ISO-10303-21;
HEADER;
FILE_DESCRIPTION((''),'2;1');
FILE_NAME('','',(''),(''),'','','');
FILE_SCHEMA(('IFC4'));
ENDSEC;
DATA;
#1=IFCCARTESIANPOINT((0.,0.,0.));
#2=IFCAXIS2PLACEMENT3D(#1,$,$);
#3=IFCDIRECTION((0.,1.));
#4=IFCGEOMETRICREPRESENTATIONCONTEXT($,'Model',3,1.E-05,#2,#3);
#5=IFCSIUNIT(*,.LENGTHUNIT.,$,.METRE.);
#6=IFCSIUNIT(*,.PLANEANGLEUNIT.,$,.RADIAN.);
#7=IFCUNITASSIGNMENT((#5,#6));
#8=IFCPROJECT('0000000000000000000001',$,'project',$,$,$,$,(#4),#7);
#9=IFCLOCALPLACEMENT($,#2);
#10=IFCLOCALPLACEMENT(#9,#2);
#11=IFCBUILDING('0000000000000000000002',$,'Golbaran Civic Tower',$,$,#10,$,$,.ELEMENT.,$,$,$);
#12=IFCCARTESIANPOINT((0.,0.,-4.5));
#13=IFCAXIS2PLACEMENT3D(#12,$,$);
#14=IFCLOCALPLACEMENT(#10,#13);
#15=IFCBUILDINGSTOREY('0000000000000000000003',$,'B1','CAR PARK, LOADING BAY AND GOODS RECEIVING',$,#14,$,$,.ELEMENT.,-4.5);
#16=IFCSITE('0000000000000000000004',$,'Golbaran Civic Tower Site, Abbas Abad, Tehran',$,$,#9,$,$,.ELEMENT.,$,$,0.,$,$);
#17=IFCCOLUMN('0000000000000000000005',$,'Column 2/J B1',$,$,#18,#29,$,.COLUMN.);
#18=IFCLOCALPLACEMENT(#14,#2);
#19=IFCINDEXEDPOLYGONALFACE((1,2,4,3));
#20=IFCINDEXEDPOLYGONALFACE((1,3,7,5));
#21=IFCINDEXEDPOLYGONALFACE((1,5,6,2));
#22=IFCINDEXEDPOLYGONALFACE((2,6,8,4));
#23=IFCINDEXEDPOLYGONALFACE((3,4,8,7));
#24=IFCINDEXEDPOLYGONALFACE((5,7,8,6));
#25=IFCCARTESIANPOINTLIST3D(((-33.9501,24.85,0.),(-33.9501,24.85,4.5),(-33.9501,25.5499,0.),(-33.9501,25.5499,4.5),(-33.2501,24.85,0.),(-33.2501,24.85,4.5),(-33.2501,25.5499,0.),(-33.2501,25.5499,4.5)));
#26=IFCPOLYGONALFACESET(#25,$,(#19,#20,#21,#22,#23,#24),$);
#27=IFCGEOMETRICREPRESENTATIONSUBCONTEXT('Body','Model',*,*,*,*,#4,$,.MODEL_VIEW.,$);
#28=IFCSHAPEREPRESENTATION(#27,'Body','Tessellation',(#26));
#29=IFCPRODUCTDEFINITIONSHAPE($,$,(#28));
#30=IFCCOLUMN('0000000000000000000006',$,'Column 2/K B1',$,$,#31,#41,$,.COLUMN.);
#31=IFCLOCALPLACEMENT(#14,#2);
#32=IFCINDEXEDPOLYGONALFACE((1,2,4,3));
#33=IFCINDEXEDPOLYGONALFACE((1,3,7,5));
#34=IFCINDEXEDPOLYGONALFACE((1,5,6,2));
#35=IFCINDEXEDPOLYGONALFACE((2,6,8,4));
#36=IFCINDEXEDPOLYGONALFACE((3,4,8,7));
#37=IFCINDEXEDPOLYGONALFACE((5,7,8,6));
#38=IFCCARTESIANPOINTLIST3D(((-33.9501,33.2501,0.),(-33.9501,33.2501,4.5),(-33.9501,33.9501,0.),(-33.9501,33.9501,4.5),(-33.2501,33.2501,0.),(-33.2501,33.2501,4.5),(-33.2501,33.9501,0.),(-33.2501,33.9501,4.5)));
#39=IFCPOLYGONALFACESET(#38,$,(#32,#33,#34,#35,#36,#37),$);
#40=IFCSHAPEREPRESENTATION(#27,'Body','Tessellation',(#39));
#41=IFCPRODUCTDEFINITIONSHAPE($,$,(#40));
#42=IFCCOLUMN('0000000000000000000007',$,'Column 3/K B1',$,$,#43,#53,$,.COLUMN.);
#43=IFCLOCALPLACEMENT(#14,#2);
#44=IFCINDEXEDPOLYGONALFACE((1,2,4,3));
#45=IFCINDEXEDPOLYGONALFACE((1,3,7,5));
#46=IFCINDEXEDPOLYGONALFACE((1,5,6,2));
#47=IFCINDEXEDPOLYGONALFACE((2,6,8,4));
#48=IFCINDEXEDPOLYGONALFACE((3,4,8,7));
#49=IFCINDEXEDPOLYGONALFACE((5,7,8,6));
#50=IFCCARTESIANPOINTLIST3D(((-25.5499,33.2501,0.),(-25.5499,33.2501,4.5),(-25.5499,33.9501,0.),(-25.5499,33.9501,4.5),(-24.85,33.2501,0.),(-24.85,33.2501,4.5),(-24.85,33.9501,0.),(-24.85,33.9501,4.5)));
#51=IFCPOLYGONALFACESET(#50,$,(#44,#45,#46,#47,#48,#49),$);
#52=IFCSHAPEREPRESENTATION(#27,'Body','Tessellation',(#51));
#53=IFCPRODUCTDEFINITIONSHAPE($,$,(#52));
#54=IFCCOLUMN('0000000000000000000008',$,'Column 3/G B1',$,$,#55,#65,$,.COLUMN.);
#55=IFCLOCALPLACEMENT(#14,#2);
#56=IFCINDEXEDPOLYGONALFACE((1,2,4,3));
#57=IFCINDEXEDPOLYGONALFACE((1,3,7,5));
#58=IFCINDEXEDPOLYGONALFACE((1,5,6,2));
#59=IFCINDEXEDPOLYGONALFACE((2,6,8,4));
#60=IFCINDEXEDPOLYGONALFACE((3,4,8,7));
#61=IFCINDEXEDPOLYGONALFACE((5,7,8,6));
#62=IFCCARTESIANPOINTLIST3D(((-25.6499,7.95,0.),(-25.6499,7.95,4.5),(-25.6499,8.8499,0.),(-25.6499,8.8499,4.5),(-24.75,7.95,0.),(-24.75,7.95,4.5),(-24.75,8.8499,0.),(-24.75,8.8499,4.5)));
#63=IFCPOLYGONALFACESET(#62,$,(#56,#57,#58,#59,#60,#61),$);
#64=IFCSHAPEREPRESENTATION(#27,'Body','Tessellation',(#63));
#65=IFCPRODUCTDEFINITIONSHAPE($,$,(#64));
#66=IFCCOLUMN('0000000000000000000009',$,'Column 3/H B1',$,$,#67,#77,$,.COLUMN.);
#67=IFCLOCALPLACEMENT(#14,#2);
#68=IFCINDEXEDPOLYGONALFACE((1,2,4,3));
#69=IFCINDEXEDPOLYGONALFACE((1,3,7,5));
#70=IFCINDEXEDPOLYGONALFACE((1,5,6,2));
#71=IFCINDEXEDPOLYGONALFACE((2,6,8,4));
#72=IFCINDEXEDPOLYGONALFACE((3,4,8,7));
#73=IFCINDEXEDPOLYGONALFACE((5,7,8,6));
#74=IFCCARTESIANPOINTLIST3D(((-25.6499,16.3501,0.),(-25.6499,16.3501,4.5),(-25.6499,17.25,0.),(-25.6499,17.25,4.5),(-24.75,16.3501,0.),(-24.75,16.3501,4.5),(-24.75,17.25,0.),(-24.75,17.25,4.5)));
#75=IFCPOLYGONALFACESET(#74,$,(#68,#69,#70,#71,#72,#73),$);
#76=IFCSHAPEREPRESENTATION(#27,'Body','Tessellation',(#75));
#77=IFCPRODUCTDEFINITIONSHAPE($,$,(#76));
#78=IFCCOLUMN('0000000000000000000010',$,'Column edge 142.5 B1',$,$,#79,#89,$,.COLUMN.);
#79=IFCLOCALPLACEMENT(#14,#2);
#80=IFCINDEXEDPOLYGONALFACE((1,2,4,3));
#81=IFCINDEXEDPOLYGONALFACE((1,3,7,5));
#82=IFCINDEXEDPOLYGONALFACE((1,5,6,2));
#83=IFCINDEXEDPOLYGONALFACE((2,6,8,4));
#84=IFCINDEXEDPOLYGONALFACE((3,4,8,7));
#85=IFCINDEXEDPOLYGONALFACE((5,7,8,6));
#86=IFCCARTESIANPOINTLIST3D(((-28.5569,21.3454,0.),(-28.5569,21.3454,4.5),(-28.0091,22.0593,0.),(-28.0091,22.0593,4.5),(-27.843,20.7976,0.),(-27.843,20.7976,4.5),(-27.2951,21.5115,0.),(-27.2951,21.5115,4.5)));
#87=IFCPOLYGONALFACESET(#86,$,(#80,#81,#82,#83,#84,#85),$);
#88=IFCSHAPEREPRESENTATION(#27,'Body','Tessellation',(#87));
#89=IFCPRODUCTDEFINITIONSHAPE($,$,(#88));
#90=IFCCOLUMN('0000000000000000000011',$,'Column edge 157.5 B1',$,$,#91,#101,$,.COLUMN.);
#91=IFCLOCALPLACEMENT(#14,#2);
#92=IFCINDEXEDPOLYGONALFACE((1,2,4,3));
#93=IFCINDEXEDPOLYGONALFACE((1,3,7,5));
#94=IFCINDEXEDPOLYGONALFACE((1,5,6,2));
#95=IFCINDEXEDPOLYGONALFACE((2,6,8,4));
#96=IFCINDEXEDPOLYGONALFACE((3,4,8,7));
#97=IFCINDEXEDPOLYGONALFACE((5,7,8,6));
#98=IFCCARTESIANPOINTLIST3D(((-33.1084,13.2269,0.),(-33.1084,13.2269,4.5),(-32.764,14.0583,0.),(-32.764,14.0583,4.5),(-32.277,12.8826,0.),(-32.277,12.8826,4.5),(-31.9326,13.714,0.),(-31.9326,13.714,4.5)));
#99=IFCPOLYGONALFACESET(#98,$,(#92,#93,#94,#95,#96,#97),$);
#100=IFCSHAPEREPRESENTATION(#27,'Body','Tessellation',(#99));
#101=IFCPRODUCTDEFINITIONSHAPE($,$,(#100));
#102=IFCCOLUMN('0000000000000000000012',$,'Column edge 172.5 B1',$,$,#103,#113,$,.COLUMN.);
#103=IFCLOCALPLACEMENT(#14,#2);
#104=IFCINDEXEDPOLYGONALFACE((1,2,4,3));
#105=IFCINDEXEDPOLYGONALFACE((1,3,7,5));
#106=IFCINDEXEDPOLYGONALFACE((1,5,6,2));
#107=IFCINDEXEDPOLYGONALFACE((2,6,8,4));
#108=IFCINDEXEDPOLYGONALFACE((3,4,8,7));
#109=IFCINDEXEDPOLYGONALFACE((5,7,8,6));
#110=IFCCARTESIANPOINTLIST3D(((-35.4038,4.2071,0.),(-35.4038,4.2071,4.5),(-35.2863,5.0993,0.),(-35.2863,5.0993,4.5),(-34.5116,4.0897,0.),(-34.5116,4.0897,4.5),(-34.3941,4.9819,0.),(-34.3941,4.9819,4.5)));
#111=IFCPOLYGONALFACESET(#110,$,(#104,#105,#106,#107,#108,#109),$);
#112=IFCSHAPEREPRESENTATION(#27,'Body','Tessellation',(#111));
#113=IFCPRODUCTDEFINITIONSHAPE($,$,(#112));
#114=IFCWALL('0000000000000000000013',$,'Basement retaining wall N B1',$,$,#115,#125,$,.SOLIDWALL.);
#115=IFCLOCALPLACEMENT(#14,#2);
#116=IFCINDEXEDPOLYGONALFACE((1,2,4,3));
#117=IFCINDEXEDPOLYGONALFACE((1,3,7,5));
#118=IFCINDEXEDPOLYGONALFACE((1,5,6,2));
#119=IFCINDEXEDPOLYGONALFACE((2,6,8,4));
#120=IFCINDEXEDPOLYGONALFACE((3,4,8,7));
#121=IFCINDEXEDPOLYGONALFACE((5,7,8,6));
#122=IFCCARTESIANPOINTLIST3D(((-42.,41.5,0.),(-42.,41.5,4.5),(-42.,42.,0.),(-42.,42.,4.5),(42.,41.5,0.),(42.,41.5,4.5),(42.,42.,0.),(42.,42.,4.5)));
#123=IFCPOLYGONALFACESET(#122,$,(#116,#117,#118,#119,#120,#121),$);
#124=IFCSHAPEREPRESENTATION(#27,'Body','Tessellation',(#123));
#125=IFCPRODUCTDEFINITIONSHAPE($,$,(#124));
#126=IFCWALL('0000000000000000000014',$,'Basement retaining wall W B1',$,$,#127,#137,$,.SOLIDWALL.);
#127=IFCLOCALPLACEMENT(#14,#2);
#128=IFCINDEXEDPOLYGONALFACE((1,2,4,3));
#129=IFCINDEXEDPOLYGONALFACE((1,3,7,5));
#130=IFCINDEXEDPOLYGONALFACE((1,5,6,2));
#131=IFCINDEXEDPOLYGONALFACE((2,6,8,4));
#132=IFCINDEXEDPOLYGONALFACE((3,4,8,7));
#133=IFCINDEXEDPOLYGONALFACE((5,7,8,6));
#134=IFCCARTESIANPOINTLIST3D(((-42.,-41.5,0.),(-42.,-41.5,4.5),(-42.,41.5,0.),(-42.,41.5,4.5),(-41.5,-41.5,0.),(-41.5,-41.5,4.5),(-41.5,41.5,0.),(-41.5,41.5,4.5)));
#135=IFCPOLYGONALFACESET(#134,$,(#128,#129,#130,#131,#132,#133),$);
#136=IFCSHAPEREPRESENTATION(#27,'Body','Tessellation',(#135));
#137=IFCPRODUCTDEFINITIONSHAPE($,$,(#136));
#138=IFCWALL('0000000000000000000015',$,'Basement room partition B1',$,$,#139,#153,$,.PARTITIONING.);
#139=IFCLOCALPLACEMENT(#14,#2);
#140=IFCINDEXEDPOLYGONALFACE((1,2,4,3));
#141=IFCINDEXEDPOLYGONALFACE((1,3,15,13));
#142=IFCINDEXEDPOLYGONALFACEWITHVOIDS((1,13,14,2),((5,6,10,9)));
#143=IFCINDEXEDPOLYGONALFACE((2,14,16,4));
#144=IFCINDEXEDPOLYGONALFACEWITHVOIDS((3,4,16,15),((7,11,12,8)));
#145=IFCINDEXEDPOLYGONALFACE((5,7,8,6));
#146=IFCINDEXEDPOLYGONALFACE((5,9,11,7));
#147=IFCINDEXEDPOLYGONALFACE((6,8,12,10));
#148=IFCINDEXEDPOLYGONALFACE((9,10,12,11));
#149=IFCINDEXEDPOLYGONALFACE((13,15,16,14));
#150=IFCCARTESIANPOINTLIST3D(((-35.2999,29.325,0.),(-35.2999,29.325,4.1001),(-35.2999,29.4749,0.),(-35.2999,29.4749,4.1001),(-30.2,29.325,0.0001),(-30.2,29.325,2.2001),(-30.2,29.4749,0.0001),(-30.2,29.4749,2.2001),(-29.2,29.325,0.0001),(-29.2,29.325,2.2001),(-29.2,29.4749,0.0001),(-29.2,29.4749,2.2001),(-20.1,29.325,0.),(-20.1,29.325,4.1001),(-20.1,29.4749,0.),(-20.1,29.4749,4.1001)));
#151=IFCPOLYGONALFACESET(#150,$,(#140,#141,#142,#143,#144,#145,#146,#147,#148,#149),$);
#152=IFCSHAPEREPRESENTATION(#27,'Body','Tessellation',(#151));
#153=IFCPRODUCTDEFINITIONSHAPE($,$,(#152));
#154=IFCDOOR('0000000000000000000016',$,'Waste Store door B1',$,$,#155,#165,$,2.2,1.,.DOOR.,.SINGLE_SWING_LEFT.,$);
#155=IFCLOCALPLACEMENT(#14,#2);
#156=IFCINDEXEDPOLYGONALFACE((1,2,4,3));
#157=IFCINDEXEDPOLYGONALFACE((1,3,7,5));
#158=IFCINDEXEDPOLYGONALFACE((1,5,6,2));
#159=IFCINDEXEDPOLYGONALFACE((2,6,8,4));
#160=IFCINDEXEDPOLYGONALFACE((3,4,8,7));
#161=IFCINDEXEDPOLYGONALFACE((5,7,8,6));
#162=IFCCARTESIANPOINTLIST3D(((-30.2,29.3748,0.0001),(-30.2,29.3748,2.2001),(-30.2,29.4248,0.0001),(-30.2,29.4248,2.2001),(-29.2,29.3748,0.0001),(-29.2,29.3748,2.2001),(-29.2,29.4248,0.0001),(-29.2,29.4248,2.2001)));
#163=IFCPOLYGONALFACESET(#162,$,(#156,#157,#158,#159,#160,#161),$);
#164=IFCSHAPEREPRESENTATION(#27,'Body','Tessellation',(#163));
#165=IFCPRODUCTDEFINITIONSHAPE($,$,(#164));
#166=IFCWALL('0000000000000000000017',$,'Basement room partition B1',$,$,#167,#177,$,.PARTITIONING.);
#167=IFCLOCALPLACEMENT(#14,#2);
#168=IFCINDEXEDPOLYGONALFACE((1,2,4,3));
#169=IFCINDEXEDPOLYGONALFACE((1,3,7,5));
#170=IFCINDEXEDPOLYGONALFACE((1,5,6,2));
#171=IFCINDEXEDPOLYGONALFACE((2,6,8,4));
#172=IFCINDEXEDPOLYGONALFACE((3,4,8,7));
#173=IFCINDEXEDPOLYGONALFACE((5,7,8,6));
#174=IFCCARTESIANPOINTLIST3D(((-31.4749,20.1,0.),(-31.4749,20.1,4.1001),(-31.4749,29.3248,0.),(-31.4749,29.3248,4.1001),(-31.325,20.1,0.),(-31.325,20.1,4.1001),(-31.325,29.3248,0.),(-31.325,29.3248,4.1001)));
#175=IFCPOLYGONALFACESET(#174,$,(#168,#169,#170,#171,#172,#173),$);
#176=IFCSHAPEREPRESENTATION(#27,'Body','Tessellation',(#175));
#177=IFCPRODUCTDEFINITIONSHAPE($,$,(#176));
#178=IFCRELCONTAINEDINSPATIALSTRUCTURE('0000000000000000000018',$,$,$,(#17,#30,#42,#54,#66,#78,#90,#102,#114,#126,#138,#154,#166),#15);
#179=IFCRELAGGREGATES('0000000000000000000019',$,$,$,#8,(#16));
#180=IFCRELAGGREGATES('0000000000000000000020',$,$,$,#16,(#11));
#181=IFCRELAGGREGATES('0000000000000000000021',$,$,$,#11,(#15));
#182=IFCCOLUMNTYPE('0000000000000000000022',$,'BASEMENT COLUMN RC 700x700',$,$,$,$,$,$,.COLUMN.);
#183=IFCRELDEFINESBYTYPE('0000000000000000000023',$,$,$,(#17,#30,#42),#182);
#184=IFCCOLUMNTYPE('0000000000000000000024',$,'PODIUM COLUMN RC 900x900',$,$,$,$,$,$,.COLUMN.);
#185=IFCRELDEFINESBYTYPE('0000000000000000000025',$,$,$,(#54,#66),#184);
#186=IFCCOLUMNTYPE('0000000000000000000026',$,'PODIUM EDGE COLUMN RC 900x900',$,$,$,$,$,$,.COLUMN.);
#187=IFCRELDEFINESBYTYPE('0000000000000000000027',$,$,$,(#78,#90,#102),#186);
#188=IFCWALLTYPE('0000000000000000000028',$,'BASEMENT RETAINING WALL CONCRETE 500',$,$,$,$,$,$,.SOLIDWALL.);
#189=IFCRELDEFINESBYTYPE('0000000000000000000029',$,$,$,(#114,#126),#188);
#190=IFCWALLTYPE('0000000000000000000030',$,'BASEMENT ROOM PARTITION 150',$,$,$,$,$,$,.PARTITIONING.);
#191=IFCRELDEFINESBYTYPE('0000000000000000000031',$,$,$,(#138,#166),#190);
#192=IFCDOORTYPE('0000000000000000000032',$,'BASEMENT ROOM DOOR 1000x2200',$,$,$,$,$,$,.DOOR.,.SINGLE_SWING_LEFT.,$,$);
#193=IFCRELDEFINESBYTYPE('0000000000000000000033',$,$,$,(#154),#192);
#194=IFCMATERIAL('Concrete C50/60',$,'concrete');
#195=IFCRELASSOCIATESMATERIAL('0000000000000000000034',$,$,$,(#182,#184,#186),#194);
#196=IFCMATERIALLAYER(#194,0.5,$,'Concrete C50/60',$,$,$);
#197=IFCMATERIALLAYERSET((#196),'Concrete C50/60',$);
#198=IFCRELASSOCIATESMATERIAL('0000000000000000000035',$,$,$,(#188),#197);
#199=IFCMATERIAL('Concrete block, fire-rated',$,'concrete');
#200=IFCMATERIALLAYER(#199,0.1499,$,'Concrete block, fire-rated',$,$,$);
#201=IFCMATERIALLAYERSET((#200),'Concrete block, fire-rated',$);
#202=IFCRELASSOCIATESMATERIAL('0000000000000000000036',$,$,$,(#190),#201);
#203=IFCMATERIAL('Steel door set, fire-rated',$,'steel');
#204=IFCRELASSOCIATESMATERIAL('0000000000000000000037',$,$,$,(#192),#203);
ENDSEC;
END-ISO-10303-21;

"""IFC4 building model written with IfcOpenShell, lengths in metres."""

from ifc_helpers import new_model, si_unit, direction, frame, frame_2d, origin, origin_2d, place, context, subcontext, project, spatial, rectangle, extrude, material, layer, layer_set, material_profile, profile_set, type_object, element, fill, save


model = new_model("IFC4")

# Units and contexts
model_context = context("Model", 3, precision=1e-05, world=origin(), true_north=direction((0.0, 1.0)))
body_context = subcontext(model_context, "Body", "Model", "MODEL_VIEW")
ifc_project = project(units=[si_unit("LENGTHUNIT", "METRE"), si_unit("PLANEANGLEUNIT", "RADIAN")], contexts=[model_context])

# Site, building, storey
site_placement = place(None, origin())
site = spatial("IfcSite", under=ifc_project, at=site_placement, Name="Golbaran Civic Tower Site, Abbas Abad, Tehran", CompositionType="ELEMENT", RefElevation=0.0)
building_placement = place(site_placement, origin())
building = spatial("IfcBuilding", under=site, at=building_placement, Name="Golbaran Civic Tower", CompositionType="ELEMENT")
storey_placement = place(building_placement, frame((0.0, 0.0, -4.5)))
storey = spatial("IfcBuildingStorey", under=building, at=storey_placement, Name="B1", Description="CAR PARK, LOADING BAY AND GOODS RECEIVING", CompositionType="ELEMENT", Elevation=-4.5)

# Columns
ifc_material_1 = material(Name="Concrete C50/60", Category="concrete")
ifc_material_profile_1 = material_profile(ifc_material_1, rectangle(XDim=0.7, YDim=0.7, at=origin_2d()), Name="RC 700x700")
ifc_profile_set_1 = profile_set([ifc_material_profile_1], Name="Concrete C50/60")
column_type_1 = type_object("IfcColumnType", Name="BASEMENT COLUMN RC 700x700", PredefinedType="COLUMN", material=ifc_profile_set_1)
for number, where, z_axis, x_axis, name in (
    (1, (-33.6001, 25.2, 0.0), (0.0, 0.0, 1.0), (1.0, 0.0, 0.0), "Column 2/J B1"),
    (2, (-33.6001, 33.6001, 0.0), (0.0, 0.0, 1.0), (1.0, 0.0, 0.0), "Column 2/K B1"),
    (3, (-25.2, 33.6001, 0.0), (0.0, 0.0, 1.0), (1.0, 0.0, 0.0), "Column 3/K B1"),
):
    element("IfcColumn", number, at=place(storey_placement, frame(where, z_axis=z_axis, x_axis=x_axis)), inside=storey, type_object=column_type_1, Name=name, PredefinedType="COLUMN", context=body_context, shape_type="SweptSolid", body=[
        extrude(rectangle(XDim=0.7, YDim=0.7, at=origin_2d()), origin(), (0.0, 0.0, 1.0), 4.5),
    ])
ifc_material_profile_2 = material_profile(ifc_material_1, rectangle(XDim=0.8999, YDim=0.8999, at=origin_2d()), Name="RC 900x900")
ifc_profile_set_2 = profile_set([ifc_material_profile_2], Name="Concrete C50/60")
column_type_2 = type_object("IfcColumnType", Name="PODIUM COLUMN RC 900x900", PredefinedType="COLUMN", material=ifc_profile_set_2)
for number, where, z_axis, x_axis, name in (
    (4, (-25.2, 8.3999, 0.0), (0.0, 0.0, 1.0), (1.0, 0.0, 0.0), "Column 3/G B1"),
    (5, (-25.2, 16.8, 0.0), (0.0, 0.0, 1.0), (1.0, 0.0, 0.0), "Column 3/H B1"),
):
    element("IfcColumn", number, at=place(storey_placement, frame(where, z_axis=z_axis, x_axis=x_axis)), inside=storey, type_object=column_type_2, Name=name, PredefinedType="COLUMN", context=body_context, shape_type="SweptSolid", body=[
        extrude(rectangle(XDim=0.8999, YDim=0.8999, at=origin_2d()), origin(), (0.0, 0.0, 1.0), 4.5),
    ])
ifc_material_profile_3 = material_profile(ifc_material_1, rectangle(XDim=0.8999, YDim=0.8999, at=origin_2d()), Name="RC 900x900")
ifc_profile_set_3 = profile_set([ifc_material_profile_3], Name="Concrete C50/60")
column_type_3 = type_object("IfcColumnType", Name="PODIUM EDGE COLUMN RC 900x900", PredefinedType="COLUMN", material=ifc_profile_set_3)
for number, where, z_axis, x_axis, name in (
    (6, (-27.926, 21.4285, 0.0), (0.0, 0.0, 1.0), (-0.793353, 0.608761, 0.0), "Column edge 142.5 B1"),
    (7, (-32.5205, 13.4705, 0.0), (0.0, 0.0, 1.0), (-0.92388, 0.382683, 0.0), "Column edge 157.5 B1"),
    (8, (-34.8989, 4.5945, 0.0), (0.0, 0.0, 1.0), (-0.991445, 0.130526, 0.0), "Column edge 172.5 B1"),
):
    element("IfcColumn", number, at=place(storey_placement, frame(where, z_axis=z_axis, x_axis=x_axis)), inside=storey, type_object=column_type_3, Name=name, PredefinedType="COLUMN", context=body_context, shape_type="SweptSolid", body=[
        extrude(rectangle(XDim=0.8999, YDim=0.8999, at=origin_2d()), origin(), (0.0, 0.0, 1.0), 4.5),
    ])

# Walls
ifc_layer_1 = layer(ifc_material_1, 0.5, Name="Concrete C50/60")
ifc_layer_set_1 = layer_set([ifc_layer_1], Name="Concrete C50/60")
wall_type_1 = type_object("IfcWallType", Name="BASEMENT RETAINING WALL CONCRETE 500", PredefinedType="SOLIDWALL", material=ifc_layer_set_1)
wall_1_placement = place(storey_placement, frame((-42.0, 41.75, 0.0), z_axis=(0.0, 0.0, 1.0), x_axis=(1.0, 0.0, 0.0)))
element("IfcWall", 9, at=wall_1_placement, inside=storey, type_object=wall_type_1, Name="Basement retaining wall N B1", PredefinedType="SOLIDWALL", context=body_context, shape_type="SweptSolid", body=[
    extrude(rectangle(XDim=84.0, YDim=0.5, at=frame_2d((42.0, 0.0))), origin(), (0.0, 0.0, 1.0), 4.5),
])
wall_2_placement = place(storey_placement, frame((-41.75, 41.5, 0.0), z_axis=(0.0, 0.0, 1.0), x_axis=(0.0, -1.0, 0.0)))
element("IfcWall", 10, at=wall_2_placement, inside=storey, type_object=wall_type_1, Name="Basement retaining wall W B1", PredefinedType="SOLIDWALL", context=body_context, shape_type="SweptSolid", body=[
    extrude(rectangle(XDim=83.0, YDim=0.5, at=frame_2d((41.5, 0.0))), origin(), (0.0, 0.0, 1.0), 4.5),
])

# Wall, opening, door
ifc_material_2 = material(Name="Concrete block, fire-rated", Category="concrete")
ifc_layer_2 = layer(ifc_material_2, 0.1499, Name="Concrete block, fire-rated")
ifc_layer_set_2 = layer_set([ifc_layer_2], Name="Concrete block, fire-rated")
wall_type_2 = type_object("IfcWallType", Name="BASEMENT ROOM PARTITION 150", PredefinedType="PARTITIONING", material=ifc_layer_set_2)
wall_3_placement = place(storey_placement, frame((-35.3, 29.3999, 0.0), z_axis=(0.0, 0.0, 1.0), x_axis=(1.0, 0.0, 0.0)))
wall_3 = element("IfcWall", 11, at=wall_3_placement, inside=storey, type_object=wall_type_2, Name="Basement room partition B1", PredefinedType="PARTITIONING", context=body_context, shape_type="SweptSolid", body=[
    extrude(rectangle(XDim=15.2, YDim=0.1499, at=frame_2d((7.6001, 0.0))), origin(), (0.0, 0.0, 1.0), 4.1001),
])
opening_1_placement = place(wall_3_placement, frame((5.1001, 0.0, 0.0)))
opening_1 = element("IfcOpeningElement", 12, at=opening_1_placement, cuts=wall_3, PredefinedType="OPENING", context=body_context, shape_type="SweptSolid", body=[
    extrude(rectangle(XDim=1.0, YDim=2.2, at=frame_2d((0.5, 1.1001))), frame((0.0, 0.085, 0.0), z_axis=(0.0, -1.0, 0.0), x_axis=(1.0, 0.0, 0.0)), (0.0, 0.0, 1.0), 0.1699),
])
ifc_material_3 = material(Name="Steel door set, fire-rated", Category="steel")
door_type_1 = type_object("IfcDoorType", Name="BASEMENT ROOM DOOR 1000x2200", OperationType="SINGLE_SWING_LEFT", PredefinedType="DOOR", material=ifc_material_3)
door_1_placement = place(opening_1_placement, origin())
door_1 = element("IfcDoor", 13, at=door_1_placement, inside=storey, type_object=door_type_1, Name="Waste Store door B1", OperationType="SINGLE_SWING_LEFT", OverallHeight=2.2, OverallWidth=1.0, PredefinedType="DOOR", context=body_context, shape_type="SweptSolid", body=[
    extrude(rectangle(XDim=1.0, YDim=2.2, at=frame_2d((0.5, 1.1001))), frame((0.0, 0.0249, 0.0), z_axis=(0.0, -1.0, 0.0), x_axis=(1.0, 0.0, 0.0)), (0.0, 0.0, 1.0), 0.05),
])
fill(opening_1, door_1)

# Wall
wall_4_placement = place(storey_placement, frame((-31.3999, 20.1001, 0.0), z_axis=(0.0, 0.0, 1.0), x_axis=(0.0, 1.0, 0.0)))
element("IfcWall", 14, at=wall_4_placement, inside=storey, type_object=wall_type_2, Name="Basement room partition B1", PredefinedType="PARTITIONING", context=body_context, shape_type="SweptSolid", body=[
    extrude(rectangle(XDim=9.2249, YDim=0.1499, at=frame_2d((4.6123, 0.0))), origin(), (0.0, 0.0, 1.0), 4.1001),
])

save(model, "model.ifc")
